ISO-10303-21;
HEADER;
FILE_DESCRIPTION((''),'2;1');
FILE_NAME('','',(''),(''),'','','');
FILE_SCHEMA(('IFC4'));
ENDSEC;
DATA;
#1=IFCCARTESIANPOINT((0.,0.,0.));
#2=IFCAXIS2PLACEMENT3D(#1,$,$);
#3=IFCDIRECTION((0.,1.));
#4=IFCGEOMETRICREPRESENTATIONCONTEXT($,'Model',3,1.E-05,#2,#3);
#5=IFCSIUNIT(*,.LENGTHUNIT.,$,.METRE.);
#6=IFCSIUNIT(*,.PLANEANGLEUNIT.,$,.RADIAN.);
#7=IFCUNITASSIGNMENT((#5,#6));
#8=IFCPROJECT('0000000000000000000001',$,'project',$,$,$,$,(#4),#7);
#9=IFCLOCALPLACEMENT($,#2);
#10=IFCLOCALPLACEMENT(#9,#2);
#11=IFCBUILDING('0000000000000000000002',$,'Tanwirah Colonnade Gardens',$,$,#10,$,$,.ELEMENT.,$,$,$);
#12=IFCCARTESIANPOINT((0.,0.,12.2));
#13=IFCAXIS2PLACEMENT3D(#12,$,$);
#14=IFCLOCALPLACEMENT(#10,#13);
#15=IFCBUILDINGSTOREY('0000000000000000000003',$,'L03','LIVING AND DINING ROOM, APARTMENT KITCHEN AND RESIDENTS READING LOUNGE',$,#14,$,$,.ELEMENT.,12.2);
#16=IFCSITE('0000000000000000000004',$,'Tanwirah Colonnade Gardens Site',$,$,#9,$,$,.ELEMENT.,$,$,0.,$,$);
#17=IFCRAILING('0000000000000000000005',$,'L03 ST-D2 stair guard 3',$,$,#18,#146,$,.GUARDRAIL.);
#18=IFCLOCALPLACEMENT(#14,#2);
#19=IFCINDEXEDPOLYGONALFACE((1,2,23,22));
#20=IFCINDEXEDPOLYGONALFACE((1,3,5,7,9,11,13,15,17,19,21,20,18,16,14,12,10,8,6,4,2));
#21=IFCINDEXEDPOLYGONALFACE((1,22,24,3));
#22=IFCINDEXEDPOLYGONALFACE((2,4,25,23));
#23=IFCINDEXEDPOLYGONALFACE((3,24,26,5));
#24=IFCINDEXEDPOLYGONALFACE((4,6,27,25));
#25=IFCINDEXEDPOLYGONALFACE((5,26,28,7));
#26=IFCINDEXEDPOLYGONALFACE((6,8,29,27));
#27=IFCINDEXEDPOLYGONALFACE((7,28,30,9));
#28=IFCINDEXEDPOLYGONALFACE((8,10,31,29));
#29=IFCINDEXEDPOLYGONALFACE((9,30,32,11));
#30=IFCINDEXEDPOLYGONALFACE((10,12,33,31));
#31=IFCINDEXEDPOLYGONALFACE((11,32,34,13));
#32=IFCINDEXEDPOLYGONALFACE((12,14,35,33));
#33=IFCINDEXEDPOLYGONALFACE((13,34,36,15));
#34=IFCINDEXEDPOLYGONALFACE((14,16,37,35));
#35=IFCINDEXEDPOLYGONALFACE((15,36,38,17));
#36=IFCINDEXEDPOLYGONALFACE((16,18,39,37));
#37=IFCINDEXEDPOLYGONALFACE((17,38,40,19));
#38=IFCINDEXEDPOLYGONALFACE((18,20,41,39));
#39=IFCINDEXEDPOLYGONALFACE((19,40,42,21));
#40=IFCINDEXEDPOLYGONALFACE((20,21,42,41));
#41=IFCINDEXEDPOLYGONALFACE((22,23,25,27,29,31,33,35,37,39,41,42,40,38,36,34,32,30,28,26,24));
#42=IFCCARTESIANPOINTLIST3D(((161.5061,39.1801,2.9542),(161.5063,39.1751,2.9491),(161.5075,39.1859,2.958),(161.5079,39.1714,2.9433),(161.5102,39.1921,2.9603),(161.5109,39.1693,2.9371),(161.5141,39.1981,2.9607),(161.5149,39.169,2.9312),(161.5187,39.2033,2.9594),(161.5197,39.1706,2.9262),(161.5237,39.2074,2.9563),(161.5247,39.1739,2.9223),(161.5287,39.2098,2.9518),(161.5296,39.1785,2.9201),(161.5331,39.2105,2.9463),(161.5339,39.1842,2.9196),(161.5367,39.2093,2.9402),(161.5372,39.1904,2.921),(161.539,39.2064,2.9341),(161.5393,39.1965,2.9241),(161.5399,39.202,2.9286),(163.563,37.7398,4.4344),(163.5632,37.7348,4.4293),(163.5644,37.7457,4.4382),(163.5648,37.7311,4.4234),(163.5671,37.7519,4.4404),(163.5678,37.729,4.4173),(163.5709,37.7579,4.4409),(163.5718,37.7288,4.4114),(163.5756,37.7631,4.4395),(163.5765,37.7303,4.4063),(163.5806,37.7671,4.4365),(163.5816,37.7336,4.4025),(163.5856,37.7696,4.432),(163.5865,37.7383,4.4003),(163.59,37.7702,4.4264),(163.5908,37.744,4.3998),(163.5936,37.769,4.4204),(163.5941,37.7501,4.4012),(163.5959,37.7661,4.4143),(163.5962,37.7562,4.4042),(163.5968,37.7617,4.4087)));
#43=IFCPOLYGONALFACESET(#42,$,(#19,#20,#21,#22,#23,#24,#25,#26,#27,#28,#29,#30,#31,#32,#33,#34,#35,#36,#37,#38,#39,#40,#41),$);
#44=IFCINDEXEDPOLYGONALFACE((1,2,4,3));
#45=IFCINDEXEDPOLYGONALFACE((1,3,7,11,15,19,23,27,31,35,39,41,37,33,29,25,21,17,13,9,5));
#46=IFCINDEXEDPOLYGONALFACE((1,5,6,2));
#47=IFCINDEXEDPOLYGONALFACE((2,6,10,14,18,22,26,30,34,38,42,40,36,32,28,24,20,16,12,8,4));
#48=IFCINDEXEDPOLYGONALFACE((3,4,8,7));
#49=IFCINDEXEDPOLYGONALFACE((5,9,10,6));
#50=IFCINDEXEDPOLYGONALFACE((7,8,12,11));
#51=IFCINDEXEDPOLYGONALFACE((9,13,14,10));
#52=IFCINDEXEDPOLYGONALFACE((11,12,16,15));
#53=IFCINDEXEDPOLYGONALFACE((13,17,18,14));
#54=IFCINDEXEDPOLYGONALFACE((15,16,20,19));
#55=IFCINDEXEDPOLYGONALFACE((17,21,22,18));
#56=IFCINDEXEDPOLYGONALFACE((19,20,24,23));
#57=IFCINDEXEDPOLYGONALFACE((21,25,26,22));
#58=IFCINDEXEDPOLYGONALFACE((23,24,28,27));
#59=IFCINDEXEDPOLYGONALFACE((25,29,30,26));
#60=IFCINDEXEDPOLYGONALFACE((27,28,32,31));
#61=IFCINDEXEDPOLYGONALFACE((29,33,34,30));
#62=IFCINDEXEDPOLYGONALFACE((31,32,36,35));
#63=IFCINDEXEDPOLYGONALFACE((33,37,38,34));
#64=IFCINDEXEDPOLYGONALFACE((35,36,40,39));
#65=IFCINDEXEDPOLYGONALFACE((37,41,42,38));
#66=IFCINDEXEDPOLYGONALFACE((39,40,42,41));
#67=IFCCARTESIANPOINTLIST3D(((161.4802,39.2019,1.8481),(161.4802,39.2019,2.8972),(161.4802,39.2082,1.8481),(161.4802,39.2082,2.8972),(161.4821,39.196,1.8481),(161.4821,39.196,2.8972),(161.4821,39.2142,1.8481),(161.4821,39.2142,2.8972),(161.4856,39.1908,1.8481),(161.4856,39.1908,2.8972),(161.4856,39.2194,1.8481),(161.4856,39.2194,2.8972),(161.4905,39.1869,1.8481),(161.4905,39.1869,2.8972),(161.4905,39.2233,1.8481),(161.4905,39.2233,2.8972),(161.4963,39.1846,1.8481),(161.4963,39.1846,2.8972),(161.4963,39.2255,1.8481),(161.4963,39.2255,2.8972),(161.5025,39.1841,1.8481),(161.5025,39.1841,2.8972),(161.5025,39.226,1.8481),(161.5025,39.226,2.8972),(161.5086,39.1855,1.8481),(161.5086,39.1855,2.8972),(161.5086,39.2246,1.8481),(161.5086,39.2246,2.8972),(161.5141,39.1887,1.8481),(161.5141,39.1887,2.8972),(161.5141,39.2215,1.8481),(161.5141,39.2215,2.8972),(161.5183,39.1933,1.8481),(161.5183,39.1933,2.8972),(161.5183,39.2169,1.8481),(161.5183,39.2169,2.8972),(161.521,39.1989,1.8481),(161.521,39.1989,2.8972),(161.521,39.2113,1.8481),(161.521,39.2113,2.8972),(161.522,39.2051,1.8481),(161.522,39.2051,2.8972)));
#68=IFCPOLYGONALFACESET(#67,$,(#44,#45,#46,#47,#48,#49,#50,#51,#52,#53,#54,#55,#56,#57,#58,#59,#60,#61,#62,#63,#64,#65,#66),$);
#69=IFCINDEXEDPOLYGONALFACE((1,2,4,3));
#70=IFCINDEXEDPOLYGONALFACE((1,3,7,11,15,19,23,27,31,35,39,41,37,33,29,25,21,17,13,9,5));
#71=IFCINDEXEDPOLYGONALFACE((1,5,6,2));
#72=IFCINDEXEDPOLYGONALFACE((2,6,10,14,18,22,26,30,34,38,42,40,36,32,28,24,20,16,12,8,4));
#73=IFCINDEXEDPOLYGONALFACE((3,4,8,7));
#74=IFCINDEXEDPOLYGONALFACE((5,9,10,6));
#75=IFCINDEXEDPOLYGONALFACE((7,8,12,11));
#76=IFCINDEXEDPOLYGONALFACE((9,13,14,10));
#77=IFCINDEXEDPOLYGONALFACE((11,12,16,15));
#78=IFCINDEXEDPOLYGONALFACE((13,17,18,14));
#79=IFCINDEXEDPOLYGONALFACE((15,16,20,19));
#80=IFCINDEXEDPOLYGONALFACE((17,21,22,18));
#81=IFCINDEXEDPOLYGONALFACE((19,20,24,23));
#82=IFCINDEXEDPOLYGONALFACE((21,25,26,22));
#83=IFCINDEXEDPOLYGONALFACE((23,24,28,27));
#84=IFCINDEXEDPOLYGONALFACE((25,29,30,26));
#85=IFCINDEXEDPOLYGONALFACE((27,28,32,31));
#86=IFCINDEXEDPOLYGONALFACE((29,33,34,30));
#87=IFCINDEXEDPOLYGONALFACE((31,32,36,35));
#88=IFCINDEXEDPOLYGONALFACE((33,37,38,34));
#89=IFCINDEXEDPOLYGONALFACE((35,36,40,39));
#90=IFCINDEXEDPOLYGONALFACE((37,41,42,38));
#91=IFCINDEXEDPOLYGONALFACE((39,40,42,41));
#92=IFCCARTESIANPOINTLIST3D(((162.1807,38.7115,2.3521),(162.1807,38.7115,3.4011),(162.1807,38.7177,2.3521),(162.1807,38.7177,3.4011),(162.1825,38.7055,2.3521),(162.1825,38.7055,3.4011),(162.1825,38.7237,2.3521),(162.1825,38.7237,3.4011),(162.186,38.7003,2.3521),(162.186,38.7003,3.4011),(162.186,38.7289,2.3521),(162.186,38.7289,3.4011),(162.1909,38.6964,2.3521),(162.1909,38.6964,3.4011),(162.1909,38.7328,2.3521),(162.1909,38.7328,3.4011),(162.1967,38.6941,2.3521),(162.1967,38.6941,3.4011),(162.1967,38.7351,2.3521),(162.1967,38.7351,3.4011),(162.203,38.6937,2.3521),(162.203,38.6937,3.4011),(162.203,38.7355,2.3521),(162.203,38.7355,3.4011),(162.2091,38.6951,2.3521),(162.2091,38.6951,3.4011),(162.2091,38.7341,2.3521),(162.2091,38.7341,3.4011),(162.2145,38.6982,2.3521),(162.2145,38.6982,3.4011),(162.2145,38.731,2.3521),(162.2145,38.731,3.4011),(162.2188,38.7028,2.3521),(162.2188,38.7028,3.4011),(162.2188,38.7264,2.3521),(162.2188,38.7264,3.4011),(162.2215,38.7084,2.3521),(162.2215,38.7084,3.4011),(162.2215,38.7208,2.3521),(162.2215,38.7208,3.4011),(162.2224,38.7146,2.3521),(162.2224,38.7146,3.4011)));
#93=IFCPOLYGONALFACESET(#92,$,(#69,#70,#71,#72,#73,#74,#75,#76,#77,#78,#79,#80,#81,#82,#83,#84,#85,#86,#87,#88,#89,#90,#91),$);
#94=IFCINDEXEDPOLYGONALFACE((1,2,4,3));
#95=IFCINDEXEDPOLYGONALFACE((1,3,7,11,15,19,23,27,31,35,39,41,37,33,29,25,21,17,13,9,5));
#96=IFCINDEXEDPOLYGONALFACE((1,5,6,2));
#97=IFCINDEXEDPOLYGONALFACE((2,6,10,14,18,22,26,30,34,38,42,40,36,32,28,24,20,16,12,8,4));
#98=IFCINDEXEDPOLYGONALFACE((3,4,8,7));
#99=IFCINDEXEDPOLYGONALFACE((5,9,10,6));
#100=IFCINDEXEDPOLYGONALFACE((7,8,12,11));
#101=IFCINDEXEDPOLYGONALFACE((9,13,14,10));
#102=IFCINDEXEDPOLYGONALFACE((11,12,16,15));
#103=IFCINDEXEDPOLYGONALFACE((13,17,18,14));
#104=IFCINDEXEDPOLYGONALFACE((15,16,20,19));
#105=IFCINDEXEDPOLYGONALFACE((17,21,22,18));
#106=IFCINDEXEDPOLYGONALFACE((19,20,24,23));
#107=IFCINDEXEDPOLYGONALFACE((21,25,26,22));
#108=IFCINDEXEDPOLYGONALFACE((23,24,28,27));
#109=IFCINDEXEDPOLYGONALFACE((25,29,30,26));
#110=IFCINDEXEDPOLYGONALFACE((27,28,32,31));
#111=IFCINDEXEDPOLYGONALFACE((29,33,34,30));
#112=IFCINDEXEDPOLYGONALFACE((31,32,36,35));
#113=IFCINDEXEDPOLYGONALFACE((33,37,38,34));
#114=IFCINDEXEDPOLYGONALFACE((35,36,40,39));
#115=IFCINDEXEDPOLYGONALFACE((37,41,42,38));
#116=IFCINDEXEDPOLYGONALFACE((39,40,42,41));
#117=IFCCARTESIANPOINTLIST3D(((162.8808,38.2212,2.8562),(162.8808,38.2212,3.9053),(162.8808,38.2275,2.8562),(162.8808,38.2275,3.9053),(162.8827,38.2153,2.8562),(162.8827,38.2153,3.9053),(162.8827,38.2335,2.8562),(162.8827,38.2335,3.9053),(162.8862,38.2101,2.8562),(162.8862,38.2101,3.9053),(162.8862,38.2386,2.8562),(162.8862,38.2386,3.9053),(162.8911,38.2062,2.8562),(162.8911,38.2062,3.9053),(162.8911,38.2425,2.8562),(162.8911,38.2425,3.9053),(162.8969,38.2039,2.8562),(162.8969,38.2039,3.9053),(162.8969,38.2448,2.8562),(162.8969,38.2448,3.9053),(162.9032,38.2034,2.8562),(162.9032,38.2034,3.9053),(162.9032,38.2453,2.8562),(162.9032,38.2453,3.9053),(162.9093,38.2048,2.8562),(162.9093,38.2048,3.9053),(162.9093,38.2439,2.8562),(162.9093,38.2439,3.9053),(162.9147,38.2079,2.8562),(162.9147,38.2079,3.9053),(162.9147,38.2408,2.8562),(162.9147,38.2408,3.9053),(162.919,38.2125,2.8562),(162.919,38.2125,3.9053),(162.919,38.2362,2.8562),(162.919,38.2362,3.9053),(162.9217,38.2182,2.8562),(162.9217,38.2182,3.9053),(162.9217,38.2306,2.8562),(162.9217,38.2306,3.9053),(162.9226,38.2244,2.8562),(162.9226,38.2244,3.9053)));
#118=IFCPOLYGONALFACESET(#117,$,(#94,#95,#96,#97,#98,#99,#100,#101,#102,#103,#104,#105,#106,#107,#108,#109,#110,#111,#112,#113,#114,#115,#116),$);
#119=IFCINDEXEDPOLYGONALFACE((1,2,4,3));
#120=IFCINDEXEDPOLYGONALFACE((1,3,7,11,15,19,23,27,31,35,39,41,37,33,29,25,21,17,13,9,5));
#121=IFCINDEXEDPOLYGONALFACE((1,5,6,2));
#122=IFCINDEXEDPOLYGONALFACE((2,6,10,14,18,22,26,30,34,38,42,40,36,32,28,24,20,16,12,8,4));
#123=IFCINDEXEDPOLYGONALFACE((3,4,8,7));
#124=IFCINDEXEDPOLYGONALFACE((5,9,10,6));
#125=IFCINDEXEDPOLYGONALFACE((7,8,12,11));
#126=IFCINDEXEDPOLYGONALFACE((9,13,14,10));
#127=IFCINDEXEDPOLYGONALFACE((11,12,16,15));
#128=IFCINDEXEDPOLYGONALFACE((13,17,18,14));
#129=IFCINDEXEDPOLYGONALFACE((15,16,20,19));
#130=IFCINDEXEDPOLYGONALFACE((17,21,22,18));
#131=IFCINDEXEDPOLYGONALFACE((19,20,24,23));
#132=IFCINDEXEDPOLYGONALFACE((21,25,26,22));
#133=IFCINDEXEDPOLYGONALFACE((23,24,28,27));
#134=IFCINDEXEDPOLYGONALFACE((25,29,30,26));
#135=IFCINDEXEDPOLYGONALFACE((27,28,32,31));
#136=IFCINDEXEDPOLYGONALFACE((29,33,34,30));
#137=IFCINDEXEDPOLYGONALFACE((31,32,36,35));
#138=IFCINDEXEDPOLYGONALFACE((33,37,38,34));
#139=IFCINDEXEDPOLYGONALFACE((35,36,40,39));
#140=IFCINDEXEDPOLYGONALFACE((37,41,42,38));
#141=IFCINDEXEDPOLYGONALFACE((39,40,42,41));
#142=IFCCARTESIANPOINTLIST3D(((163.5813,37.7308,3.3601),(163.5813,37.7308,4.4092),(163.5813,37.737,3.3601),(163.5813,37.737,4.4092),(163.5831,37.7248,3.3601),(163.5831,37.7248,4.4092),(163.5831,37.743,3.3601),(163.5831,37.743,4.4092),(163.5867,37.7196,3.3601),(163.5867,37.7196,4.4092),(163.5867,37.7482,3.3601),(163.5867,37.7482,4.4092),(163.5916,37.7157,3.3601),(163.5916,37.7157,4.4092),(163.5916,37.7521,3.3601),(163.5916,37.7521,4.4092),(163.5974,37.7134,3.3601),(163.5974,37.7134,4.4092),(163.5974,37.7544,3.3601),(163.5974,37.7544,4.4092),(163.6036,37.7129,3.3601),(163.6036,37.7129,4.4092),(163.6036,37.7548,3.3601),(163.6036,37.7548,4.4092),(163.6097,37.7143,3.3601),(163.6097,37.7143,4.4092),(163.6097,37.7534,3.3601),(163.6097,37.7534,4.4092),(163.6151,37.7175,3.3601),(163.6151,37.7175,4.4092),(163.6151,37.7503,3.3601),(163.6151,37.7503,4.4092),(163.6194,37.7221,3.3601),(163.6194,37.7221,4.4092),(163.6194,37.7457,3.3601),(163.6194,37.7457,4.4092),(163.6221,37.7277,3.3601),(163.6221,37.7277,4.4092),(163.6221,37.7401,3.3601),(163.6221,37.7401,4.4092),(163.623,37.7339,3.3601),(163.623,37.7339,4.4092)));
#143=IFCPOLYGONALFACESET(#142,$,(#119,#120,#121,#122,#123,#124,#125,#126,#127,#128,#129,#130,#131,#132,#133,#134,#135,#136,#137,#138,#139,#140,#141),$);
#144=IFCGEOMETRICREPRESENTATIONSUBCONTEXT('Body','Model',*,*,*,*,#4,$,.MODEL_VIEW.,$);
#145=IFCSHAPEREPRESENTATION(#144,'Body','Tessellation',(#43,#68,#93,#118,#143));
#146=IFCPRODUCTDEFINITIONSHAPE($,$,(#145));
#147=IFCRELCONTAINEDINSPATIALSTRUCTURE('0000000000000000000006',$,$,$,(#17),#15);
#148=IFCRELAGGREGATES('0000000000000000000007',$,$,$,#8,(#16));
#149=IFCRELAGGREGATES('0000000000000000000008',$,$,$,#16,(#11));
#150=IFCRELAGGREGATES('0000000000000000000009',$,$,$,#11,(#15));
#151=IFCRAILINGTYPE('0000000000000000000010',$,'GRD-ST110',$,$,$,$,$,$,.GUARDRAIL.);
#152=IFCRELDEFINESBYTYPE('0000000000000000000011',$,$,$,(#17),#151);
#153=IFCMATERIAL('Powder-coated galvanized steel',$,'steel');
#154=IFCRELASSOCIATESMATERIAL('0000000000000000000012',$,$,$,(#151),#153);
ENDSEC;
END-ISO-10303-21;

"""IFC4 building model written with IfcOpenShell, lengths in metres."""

from ifc_helpers import new_model, si_unit, direction, frame, origin, origin_2d, place, context, subcontext, project, spatial, circle, extrude, material, type_object, element, save


model = new_model("IFC4")

# Units and contexts
model_context = context("Model", 3, precision=1e-05, world=origin(), true_north=direction((0.0, 1.0)))
body_context = subcontext(model_context, "Body", "Model", "MODEL_VIEW")
ifc_project = project(units=[si_unit("LENGTHUNIT", "METRE"), si_unit("PLANEANGLEUNIT", "RADIAN")], contexts=[model_context])

# Site, building, storey
site_placement = place(None, origin())
site = spatial("IfcSite", under=ifc_project, at=site_placement, Name="Tanwirah Colonnade Gardens Site", CompositionType="ELEMENT", RefElevation=0.0)
building_placement = place(site_placement, origin())
building = spatial("IfcBuilding", under=site, at=building_placement, Name="Tanwirah Colonnade Gardens", CompositionType="ELEMENT")
storey_placement = place(building_placement, frame((0.0, 0.0, 12.2)))
storey = spatial("IfcBuildingStorey", under=building, at=storey_placement, Name="L03", Description="LIVING AND DINING ROOM, APARTMENT KITCHEN AND RESIDENTS READING LOUNGE", CompositionType="ELEMENT", Elevation=12.2)

# Railing
ifc_material_1 = material(Name="Powder-coated galvanized steel", Category="steel")
railing_type_1 = type_object("IfcRailingType", Name="GRD-ST110", PredefinedType="GUARDRAIL", material=ifc_material_1)
railing_1_placement = place(storey_placement, frame((161.501, 39.2051, 1.8481)))
element("IfcRailing", 1, at=railing_1_placement, inside=storey, type_object=railing_type_1, Name="L03 ST-D2 stair guard 3", PredefinedType="GUARDRAIL", context=body_context, shape_type="SweptSolid", body=[
    extrude(circle(Radius=0.0239, at=origin_2d()), frame((0.022, -0.0154, 1.092), z_axis=(0.705673, -0.494118, 0.507812), x_axis=(0.573577, 0.819151, 0.0)), (0.0, 0.0, 1.0), 2.9148),
    extrude(circle(Radius=0.021, at=origin_2d()), origin(), (0.0, 0.0, 1.0), 1.0491),
    extrude(circle(Radius=0.021, at=origin_2d()), frame((0.7004, -0.4905, 0.5039)), (0.0, 0.0, 1.0), 1.0491),
    extrude(circle(Radius=0.021, at=origin_2d()), frame((1.4006, -0.9807, 1.0081)), (0.0, 0.0, 1.0), 1.0491),
    extrude(circle(Radius=0.021, at=origin_2d()), frame((2.1011, -1.4712, 1.512)), (0.0, 0.0, 1.0), 1.0491),
])

save(model, "model.ifc")
